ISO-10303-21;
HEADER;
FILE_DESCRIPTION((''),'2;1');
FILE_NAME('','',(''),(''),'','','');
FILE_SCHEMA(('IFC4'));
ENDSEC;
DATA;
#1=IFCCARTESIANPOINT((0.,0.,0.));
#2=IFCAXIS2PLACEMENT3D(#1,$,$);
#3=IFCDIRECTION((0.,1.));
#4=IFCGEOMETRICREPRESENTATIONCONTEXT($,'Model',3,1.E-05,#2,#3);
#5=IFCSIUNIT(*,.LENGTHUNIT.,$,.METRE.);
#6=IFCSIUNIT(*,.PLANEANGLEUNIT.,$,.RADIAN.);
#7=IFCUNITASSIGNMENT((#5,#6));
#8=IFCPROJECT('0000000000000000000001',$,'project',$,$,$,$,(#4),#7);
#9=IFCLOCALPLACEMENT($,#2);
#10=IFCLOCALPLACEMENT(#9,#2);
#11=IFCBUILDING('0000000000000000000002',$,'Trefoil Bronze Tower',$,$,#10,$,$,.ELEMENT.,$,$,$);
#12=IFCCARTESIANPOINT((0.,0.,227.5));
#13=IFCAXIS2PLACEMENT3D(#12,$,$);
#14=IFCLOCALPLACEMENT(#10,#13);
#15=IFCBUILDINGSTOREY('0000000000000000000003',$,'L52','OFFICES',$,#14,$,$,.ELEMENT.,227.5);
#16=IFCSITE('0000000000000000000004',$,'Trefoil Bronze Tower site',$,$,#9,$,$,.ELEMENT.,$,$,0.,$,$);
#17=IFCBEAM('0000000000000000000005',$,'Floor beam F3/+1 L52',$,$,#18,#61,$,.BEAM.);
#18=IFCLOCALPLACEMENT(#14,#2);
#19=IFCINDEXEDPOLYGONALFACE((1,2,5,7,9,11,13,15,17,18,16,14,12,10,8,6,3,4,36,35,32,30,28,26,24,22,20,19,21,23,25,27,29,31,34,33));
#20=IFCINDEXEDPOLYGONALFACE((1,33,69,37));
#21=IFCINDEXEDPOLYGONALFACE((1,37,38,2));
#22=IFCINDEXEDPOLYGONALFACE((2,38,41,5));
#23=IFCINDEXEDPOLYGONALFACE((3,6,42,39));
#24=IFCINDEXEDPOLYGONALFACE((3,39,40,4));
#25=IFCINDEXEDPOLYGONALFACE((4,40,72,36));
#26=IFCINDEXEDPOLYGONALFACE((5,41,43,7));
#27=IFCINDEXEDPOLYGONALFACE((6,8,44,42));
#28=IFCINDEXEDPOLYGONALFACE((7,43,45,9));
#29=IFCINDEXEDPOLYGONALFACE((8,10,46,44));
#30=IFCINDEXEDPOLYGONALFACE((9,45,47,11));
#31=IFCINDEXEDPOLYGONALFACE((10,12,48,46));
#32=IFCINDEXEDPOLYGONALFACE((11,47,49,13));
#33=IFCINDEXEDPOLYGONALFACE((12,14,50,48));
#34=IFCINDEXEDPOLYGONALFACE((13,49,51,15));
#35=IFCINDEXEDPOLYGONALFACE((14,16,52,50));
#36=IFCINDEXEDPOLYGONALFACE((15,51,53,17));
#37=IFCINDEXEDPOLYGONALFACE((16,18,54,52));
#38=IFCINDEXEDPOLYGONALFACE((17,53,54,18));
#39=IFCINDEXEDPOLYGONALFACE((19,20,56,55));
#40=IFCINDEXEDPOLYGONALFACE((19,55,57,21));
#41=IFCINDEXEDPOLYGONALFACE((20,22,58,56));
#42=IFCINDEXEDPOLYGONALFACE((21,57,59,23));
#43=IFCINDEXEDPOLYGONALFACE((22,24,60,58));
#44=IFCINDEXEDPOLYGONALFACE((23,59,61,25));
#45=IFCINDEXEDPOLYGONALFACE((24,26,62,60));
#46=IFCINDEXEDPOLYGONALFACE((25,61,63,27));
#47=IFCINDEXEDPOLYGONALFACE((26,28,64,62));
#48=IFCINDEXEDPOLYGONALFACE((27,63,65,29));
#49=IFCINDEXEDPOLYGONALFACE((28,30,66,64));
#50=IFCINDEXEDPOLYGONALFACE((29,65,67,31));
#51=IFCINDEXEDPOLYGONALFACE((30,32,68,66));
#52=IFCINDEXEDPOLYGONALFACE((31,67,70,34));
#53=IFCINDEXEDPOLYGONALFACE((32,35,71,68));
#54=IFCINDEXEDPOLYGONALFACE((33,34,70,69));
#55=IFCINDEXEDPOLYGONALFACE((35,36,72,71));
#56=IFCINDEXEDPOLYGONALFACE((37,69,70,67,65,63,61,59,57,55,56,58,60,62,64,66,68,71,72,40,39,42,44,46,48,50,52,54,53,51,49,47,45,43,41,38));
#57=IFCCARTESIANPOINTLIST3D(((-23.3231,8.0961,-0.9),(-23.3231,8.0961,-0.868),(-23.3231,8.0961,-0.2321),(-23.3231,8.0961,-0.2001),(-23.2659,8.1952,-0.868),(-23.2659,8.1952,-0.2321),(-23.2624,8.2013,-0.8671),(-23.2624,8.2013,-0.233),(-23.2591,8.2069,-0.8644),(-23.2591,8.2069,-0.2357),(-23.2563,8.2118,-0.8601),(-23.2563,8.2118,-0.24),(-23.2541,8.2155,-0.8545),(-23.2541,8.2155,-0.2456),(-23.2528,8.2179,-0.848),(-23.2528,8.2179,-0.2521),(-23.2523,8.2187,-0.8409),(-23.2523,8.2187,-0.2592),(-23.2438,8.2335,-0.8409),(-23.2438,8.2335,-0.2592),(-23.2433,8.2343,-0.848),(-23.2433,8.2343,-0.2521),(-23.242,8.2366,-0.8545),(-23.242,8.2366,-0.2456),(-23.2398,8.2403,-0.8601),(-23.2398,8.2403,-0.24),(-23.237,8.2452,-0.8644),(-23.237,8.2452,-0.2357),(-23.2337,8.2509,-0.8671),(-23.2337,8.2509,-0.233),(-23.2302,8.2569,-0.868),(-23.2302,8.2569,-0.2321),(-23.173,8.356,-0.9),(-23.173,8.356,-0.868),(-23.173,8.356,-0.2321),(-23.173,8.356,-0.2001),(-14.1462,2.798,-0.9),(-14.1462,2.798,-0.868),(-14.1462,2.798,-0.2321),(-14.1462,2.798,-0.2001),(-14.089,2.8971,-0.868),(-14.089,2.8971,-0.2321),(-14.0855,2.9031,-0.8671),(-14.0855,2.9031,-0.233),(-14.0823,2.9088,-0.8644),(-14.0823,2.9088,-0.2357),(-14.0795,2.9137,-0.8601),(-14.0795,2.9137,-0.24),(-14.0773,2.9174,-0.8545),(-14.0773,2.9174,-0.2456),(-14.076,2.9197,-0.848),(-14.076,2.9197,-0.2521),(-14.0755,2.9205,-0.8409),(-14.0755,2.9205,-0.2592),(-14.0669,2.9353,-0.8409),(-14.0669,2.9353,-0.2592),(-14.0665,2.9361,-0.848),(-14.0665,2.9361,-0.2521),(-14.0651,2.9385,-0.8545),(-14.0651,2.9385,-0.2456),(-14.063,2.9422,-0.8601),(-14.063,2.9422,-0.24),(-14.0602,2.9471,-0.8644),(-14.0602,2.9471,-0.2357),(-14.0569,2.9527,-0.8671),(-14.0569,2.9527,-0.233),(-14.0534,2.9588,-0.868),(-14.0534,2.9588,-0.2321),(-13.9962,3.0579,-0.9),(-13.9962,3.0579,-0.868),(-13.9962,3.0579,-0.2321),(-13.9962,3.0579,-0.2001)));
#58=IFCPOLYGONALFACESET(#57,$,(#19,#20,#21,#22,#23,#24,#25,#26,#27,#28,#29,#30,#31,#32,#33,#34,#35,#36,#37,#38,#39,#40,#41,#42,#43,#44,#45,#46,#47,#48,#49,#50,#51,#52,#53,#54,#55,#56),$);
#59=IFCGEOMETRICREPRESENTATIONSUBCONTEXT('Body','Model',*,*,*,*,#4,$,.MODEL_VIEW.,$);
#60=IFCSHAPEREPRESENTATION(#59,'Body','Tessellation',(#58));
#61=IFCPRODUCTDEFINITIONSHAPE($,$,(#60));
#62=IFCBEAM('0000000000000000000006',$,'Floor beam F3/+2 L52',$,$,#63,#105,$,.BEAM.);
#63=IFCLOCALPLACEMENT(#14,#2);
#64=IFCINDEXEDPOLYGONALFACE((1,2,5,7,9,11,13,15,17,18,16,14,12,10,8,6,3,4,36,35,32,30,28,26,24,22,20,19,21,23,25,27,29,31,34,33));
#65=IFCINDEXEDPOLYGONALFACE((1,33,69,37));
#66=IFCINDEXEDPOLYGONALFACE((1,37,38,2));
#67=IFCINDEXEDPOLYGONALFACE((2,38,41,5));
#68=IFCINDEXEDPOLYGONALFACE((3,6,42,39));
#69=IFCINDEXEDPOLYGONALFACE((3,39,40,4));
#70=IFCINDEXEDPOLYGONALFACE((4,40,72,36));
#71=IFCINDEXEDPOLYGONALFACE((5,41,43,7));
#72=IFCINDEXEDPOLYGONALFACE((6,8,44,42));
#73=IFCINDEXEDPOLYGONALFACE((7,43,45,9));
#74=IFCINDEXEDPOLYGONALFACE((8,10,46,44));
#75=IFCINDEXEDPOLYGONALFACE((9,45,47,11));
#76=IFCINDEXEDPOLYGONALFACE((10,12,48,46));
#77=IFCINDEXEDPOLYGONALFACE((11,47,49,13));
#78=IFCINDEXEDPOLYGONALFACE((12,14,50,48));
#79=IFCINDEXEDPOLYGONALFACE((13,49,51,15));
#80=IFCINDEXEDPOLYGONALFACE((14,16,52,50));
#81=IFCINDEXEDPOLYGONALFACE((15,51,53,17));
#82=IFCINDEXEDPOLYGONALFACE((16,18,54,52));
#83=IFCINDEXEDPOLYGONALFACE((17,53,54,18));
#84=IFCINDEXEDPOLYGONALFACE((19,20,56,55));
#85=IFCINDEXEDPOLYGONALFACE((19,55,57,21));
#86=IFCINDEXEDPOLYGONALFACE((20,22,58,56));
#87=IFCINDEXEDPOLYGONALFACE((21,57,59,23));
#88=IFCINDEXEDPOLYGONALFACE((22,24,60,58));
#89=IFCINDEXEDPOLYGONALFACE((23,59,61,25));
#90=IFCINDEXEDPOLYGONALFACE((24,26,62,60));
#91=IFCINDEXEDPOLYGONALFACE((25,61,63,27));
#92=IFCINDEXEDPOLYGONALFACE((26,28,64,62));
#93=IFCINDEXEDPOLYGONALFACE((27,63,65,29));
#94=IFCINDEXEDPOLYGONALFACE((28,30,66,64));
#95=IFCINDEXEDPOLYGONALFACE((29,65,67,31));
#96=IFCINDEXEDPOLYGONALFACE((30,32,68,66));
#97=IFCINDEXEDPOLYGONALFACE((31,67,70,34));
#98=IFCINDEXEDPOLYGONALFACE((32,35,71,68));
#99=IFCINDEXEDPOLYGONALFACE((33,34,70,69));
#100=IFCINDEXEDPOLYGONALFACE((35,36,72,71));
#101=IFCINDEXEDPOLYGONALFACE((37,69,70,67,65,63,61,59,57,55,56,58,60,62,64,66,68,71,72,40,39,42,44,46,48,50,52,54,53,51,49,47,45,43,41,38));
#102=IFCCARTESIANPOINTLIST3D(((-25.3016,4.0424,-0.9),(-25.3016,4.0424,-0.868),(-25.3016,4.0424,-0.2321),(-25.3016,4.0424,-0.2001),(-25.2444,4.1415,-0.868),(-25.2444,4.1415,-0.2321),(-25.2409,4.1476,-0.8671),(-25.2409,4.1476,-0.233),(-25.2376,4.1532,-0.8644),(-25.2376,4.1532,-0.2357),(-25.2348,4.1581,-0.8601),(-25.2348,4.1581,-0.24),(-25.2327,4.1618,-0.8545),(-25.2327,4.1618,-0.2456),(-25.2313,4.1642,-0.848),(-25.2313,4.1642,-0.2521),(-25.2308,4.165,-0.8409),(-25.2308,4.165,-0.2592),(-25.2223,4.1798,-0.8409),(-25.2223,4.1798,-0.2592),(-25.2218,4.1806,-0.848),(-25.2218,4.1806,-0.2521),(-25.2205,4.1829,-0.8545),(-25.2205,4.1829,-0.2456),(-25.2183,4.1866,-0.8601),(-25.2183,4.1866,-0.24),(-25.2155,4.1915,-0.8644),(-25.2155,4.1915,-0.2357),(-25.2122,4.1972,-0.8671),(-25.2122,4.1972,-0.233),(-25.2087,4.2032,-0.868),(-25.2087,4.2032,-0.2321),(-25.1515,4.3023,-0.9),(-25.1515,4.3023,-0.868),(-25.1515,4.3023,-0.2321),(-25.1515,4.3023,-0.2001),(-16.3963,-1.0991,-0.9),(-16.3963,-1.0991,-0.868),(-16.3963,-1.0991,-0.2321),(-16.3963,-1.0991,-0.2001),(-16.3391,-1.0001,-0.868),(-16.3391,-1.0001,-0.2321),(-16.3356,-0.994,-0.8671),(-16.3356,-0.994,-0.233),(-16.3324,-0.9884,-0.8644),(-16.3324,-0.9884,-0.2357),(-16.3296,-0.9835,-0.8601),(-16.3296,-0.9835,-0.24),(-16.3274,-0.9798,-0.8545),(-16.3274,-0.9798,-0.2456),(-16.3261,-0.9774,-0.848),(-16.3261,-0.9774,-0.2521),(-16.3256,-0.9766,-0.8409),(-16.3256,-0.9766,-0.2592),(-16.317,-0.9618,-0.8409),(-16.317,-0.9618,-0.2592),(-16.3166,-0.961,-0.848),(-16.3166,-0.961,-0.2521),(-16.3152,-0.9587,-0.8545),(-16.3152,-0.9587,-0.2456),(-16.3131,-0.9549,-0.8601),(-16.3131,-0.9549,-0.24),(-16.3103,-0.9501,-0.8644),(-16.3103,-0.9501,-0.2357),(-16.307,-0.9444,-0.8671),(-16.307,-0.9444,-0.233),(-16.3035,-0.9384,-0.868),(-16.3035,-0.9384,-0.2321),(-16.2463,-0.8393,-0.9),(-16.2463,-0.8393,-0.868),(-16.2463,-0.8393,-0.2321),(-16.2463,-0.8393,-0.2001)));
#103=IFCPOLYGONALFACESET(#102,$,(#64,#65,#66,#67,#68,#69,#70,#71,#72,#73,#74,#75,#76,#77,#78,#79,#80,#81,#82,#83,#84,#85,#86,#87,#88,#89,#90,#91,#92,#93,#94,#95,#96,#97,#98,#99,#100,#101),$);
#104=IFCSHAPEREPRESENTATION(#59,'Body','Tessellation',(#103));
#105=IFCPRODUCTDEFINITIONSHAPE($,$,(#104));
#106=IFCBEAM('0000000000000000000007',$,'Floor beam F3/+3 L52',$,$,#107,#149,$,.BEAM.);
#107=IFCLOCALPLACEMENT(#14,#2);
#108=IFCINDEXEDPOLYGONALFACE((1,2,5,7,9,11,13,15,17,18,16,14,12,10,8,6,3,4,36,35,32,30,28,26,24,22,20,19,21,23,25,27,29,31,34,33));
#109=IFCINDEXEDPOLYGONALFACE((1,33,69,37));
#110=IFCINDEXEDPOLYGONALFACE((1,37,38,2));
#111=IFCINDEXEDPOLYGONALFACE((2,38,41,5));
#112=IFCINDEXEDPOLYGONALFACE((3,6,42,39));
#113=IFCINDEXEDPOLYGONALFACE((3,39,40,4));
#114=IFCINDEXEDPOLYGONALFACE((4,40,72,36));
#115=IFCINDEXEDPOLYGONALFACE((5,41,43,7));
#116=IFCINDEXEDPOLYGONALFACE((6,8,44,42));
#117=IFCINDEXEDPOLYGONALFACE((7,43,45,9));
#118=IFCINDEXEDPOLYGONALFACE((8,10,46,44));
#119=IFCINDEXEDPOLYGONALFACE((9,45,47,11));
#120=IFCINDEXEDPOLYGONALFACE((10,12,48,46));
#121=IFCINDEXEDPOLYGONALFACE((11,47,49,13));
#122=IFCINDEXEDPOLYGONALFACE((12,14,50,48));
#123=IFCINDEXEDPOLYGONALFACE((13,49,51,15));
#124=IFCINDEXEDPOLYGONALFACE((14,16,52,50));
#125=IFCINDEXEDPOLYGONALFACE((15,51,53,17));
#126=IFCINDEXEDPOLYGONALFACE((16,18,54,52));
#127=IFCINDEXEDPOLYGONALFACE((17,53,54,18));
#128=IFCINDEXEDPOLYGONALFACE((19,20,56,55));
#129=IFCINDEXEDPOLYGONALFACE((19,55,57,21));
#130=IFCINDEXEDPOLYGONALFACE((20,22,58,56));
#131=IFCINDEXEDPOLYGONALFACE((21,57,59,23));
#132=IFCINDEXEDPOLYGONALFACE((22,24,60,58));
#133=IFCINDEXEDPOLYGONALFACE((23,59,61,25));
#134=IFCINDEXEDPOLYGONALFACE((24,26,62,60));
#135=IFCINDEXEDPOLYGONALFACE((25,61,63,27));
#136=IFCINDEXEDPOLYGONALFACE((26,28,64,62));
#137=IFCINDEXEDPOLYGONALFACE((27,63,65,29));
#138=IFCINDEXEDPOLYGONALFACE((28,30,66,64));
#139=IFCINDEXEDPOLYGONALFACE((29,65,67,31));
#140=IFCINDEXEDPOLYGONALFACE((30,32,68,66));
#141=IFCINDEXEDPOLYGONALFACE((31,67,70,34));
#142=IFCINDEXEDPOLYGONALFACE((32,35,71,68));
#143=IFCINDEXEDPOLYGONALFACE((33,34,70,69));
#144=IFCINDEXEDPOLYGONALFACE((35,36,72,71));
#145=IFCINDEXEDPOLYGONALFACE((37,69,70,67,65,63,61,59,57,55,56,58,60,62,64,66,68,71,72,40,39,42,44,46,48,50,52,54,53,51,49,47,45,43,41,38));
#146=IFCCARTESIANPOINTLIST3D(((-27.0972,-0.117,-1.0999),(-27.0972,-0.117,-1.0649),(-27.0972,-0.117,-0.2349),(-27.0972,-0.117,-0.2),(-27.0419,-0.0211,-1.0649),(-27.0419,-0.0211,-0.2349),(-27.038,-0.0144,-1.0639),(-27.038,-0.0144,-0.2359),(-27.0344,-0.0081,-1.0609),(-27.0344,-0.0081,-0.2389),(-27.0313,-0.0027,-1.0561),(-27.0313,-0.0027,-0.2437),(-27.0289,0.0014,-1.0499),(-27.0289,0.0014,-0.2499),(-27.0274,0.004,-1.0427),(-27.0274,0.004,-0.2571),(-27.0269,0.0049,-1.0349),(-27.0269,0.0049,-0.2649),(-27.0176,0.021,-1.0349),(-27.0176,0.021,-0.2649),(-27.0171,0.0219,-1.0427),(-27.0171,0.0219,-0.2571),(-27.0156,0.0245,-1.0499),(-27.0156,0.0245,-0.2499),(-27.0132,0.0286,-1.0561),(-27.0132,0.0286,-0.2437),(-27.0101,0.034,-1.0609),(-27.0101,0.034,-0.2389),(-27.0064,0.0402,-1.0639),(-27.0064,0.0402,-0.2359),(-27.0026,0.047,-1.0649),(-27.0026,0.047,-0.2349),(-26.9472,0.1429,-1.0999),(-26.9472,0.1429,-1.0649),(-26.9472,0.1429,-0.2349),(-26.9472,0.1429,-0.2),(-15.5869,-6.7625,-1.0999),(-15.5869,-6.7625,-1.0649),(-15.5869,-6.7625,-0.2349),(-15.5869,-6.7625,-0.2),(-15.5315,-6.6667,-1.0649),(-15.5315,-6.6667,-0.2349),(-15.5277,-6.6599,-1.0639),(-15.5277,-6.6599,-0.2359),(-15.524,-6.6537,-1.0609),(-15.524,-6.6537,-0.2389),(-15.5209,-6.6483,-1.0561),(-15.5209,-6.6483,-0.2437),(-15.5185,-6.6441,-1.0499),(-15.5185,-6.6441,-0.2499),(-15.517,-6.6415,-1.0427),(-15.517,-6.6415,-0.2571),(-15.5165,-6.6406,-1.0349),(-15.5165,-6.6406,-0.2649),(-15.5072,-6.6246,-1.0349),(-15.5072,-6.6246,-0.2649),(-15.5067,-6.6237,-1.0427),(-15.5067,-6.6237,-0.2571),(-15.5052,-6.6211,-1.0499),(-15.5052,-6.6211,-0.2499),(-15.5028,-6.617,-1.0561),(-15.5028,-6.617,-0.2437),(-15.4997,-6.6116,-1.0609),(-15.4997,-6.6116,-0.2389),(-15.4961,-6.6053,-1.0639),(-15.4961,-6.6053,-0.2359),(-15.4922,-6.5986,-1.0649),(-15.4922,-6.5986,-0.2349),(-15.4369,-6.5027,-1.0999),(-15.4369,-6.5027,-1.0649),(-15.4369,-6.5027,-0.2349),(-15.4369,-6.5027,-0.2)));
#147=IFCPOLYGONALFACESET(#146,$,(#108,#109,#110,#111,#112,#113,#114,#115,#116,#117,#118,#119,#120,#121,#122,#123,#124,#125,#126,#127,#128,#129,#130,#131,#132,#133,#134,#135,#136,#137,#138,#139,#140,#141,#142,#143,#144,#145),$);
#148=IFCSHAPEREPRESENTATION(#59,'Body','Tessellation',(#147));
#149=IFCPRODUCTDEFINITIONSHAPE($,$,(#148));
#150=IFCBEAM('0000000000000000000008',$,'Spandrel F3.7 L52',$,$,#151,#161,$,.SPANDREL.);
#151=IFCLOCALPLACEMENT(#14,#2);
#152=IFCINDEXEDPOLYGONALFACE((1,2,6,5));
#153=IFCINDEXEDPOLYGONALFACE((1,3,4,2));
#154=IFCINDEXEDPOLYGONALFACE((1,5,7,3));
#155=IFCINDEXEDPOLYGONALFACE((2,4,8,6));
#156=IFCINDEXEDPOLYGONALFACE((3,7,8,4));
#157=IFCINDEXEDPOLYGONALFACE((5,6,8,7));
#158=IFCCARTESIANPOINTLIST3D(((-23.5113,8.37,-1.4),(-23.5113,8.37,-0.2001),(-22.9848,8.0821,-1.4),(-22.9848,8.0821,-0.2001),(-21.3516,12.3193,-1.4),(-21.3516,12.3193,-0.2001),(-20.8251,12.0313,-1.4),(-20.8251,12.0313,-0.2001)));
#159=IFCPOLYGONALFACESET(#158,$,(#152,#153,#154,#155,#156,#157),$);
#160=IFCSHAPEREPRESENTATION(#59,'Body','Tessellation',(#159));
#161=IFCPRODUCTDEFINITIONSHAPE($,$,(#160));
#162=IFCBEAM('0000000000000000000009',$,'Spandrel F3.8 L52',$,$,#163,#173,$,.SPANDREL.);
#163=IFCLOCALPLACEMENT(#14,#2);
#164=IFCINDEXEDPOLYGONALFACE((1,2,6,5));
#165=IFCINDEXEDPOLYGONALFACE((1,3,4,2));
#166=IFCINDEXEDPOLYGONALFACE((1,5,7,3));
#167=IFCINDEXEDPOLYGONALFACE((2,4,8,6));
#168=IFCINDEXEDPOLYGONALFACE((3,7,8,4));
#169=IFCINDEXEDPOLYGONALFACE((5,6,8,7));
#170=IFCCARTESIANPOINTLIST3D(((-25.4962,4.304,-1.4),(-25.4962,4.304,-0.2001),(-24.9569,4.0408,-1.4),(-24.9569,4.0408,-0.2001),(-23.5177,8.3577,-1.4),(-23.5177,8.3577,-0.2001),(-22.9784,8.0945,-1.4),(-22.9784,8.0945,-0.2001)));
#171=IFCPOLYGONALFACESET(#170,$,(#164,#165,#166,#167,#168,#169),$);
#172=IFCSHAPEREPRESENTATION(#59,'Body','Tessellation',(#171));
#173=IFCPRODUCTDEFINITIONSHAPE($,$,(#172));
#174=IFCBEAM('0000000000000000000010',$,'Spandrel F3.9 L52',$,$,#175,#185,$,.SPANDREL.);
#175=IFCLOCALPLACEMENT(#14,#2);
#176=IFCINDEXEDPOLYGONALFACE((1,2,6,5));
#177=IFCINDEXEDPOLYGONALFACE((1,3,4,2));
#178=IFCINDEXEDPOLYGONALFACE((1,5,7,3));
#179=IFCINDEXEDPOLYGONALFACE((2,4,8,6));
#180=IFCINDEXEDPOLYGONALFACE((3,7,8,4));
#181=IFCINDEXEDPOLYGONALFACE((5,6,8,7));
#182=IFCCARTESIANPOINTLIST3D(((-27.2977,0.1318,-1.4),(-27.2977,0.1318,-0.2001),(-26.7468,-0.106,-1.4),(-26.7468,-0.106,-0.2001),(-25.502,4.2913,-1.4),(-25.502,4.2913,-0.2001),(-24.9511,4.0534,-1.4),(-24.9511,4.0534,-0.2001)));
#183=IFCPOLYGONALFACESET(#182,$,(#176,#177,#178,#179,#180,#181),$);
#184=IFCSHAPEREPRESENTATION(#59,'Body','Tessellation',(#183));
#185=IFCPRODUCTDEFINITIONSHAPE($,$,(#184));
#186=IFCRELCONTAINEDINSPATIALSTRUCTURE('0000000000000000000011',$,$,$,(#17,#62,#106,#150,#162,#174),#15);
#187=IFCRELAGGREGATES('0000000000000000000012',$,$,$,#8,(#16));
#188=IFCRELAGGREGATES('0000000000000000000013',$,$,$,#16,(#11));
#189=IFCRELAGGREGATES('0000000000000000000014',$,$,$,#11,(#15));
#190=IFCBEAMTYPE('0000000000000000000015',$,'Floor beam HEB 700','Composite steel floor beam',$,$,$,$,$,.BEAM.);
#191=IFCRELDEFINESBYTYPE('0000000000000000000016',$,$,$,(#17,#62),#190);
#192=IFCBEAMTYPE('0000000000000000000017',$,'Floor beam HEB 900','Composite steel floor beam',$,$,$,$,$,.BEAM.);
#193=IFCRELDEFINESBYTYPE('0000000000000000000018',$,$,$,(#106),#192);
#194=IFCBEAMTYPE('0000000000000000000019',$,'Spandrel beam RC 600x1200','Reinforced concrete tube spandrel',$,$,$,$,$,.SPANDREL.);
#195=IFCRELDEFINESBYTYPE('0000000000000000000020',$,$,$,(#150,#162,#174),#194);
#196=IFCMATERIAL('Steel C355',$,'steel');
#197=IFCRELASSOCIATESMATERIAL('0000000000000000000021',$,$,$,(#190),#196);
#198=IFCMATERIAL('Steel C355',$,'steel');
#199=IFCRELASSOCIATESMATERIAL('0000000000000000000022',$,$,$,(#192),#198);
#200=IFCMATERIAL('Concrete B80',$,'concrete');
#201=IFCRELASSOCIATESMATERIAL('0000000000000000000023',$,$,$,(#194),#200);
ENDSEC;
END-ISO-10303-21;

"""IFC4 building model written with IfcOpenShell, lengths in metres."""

from ifc_helpers import new_model, si_unit, direction, frame, origin, origin_2d, place, context, subcontext, project, spatial, rectangle, i_section, extrude, material, material_profile, profile_set, type_object, element, save


model = new_model("IFC4")

# Units and contexts
model_context = context("Model", 3, precision=1e-05, world=origin(), true_north=direction((0.0, 1.0)))
body_context = subcontext(model_context, "Body", "Model", "MODEL_VIEW")
ifc_project = project(units=[si_unit("LENGTHUNIT", "METRE"), si_unit("PLANEANGLEUNIT", "RADIAN")], contexts=[model_context])

# Site, building, storey
site_placement = place(None, origin())
site = spatial("IfcSite", under=ifc_project, at=site_placement, Name="Trefoil Bronze Tower site", CompositionType="ELEMENT", RefElevation=0.0)
building_placement = place(site_placement, origin())
building = spatial("IfcBuilding", under=site, at=building_placement, Name="Trefoil Bronze Tower", CompositionType="ELEMENT")
storey_placement = place(building_placement, frame((0.0, 0.0, 227.5)))
storey = spatial("IfcBuildingStorey", under=building, at=storey_placement, Name="L52", Description="OFFICES", CompositionType="ELEMENT", Elevation=227.5)

# Beams
ifc_material_1 = material(Name="Steel C355", Category="steel")
ifc_material_profile_1 = material_profile(ifc_material_1, i_section(OverallWidth=0.3, OverallDepth=0.7, WebThickness=0.0171, FlangeThickness=0.032, FilletRadius=0.0271, at=origin_2d()), Name="HEB 700")
ifc_profile_set_1 = profile_set([ifc_material_profile_1], Name="Steel C355")
beam_type_1 = type_object("IfcBeamType", Name="Floor beam HEB 700", Description="Composite steel floor beam", PredefinedType="BEAM", material=ifc_profile_set_1)
beam_1_placement = place(storey_placement, frame((-23.248, 8.2261, -0.55), z_axis=(0.86603, -0.499992, 0.0), x_axis=(0.499992, 0.86603, 0.0)))
element("IfcBeam", 1, at=beam_1_placement, inside=storey, type_object=beam_type_1, Name="Floor beam F3/+1 L52", PredefinedType="BEAM", context=body_context, shape_type="SweptSolid", body=[
    extrude(i_section(OverallWidth=0.3, OverallDepth=0.7, WebThickness=0.0171, FlangeThickness=0.032, FilletRadius=0.0271, at=origin_2d()), origin(), (0.0, 0.0, 1.0), 10.5964),
])
beam_2_placement = place(storey_placement, frame((-25.2266, 4.1724, -0.55), z_axis=(0.86602, -0.50001, 0.0), x_axis=(0.50001, 0.86602, 0.0)))
element("IfcBeam", 2, at=beam_2_placement, inside=storey, type_object=beam_type_1, Name="Floor beam F3/+2 L52", PredefinedType="BEAM", context=body_context, shape_type="SweptSolid", body=[
    extrude(i_section(OverallWidth=0.3, OverallDepth=0.7, WebThickness=0.0171, FlangeThickness=0.032, FilletRadius=0.0271, at=origin_2d()), origin(), (0.0, 0.0, 1.0), 10.283),
])
ifc_material_2 = material(Name="Steel C355", Category="steel")
ifc_material_profile_2 = material_profile(ifc_material_2, i_section(OverallWidth=0.3, OverallDepth=0.8999, WebThickness=0.0186, FlangeThickness=0.0349, FilletRadius=0.03, at=origin_2d()), Name="HEB 900")
ifc_profile_set_2 = profile_set([ifc_material_profile_2], Name="Steel C355")
beam_type_2 = type_object("IfcBeamType", Name="Floor beam HEB 900", Description="Composite steel floor beam", PredefinedType="BEAM", material=ifc_profile_set_2)
beam_3_placement = place(storey_placement, frame((-27.0222, 0.0129, -0.6499), z_axis=(0.866023, -0.500003, 0.0), x_axis=(0.500003, 0.866023, 0.0)))
element("IfcBeam", 3, at=beam_3_placement, inside=storey, type_object=beam_type_2, Name="Floor beam F3/+3 L52", PredefinedType="BEAM", context=body_context, shape_type="SweptSolid", body=[
    extrude(i_section(OverallWidth=0.3, OverallDepth=0.8999, WebThickness=0.0186, FlangeThickness=0.0349, FilletRadius=0.03, at=origin_2d()), origin(), (0.0, 0.0, 1.0), 13.291),
])
ifc_material_3 = material(Name="Concrete B80", Category="concrete")
ifc_material_profile_3 = material_profile(ifc_material_3, rectangle(XDim=0.6001, YDim=1.2, at=origin_2d()), Name="RC 600x1200")
ifc_profile_set_3 = profile_set([ifc_material_profile_3], Name="Concrete B80")
beam_type_3 = type_object("IfcBeamType", Name="Spandrel beam RC 600x1200", Description="Reinforced concrete tube spandrel", PredefinedType="SPANDREL", material=ifc_profile_set_3)
beam_4_placement = place(storey_placement, frame((-21.0884, 12.1753, -0.8), z_axis=(-0.479802, -0.877377, 0.0), x_axis=(0.877377, -0.479802, 0.0)))
element("IfcBeam", 4, at=beam_4_placement, inside=storey, type_object=beam_type_3, Name="Spandrel F3.7 L52", PredefinedType="SPANDREL", context=body_context, shape_type="SweptSolid", body=[
    extrude(rectangle(XDim=0.6001, YDim=1.2, at=origin_2d()), origin(), (0.0, 0.0, 1.0), 4.5012),
])
beam_5_placement = place(storey_placement, frame((-23.248, 8.2261, -0.8), z_axis=(-0.43862, -0.898673, 0.0), x_axis=(0.898673, -0.43862, 0.0)))
element("IfcBeam", 5, at=beam_5_placement, inside=storey, type_object=beam_type_3, Name="Spandrel F3.8 L52", PredefinedType="SPANDREL", context=body_context, shape_type="SweptSolid", body=[
    extrude(rectangle(XDim=0.6001, YDim=1.2, at=origin_2d()), origin(), (0.0, 0.0, 1.0), 4.5107),
])
beam_6_placement = place(storey_placement, frame((-25.2266, 4.1724, -0.8), z_axis=(-0.39635, -0.918099, 0.0), x_axis=(0.918099, -0.39635, 0.0)))
element("IfcBeam", 6, at=beam_6_placement, inside=storey, type_object=beam_type_3, Name="Spandrel F3.9 L52", PredefinedType="SPANDREL", context=body_context, shape_type="SweptSolid", body=[
    extrude(rectangle(XDim=0.6001, YDim=1.2, at=origin_2d()), origin(), (0.0, 0.0, 1.0), 4.5305),
])

save(model, "model.ifc")
